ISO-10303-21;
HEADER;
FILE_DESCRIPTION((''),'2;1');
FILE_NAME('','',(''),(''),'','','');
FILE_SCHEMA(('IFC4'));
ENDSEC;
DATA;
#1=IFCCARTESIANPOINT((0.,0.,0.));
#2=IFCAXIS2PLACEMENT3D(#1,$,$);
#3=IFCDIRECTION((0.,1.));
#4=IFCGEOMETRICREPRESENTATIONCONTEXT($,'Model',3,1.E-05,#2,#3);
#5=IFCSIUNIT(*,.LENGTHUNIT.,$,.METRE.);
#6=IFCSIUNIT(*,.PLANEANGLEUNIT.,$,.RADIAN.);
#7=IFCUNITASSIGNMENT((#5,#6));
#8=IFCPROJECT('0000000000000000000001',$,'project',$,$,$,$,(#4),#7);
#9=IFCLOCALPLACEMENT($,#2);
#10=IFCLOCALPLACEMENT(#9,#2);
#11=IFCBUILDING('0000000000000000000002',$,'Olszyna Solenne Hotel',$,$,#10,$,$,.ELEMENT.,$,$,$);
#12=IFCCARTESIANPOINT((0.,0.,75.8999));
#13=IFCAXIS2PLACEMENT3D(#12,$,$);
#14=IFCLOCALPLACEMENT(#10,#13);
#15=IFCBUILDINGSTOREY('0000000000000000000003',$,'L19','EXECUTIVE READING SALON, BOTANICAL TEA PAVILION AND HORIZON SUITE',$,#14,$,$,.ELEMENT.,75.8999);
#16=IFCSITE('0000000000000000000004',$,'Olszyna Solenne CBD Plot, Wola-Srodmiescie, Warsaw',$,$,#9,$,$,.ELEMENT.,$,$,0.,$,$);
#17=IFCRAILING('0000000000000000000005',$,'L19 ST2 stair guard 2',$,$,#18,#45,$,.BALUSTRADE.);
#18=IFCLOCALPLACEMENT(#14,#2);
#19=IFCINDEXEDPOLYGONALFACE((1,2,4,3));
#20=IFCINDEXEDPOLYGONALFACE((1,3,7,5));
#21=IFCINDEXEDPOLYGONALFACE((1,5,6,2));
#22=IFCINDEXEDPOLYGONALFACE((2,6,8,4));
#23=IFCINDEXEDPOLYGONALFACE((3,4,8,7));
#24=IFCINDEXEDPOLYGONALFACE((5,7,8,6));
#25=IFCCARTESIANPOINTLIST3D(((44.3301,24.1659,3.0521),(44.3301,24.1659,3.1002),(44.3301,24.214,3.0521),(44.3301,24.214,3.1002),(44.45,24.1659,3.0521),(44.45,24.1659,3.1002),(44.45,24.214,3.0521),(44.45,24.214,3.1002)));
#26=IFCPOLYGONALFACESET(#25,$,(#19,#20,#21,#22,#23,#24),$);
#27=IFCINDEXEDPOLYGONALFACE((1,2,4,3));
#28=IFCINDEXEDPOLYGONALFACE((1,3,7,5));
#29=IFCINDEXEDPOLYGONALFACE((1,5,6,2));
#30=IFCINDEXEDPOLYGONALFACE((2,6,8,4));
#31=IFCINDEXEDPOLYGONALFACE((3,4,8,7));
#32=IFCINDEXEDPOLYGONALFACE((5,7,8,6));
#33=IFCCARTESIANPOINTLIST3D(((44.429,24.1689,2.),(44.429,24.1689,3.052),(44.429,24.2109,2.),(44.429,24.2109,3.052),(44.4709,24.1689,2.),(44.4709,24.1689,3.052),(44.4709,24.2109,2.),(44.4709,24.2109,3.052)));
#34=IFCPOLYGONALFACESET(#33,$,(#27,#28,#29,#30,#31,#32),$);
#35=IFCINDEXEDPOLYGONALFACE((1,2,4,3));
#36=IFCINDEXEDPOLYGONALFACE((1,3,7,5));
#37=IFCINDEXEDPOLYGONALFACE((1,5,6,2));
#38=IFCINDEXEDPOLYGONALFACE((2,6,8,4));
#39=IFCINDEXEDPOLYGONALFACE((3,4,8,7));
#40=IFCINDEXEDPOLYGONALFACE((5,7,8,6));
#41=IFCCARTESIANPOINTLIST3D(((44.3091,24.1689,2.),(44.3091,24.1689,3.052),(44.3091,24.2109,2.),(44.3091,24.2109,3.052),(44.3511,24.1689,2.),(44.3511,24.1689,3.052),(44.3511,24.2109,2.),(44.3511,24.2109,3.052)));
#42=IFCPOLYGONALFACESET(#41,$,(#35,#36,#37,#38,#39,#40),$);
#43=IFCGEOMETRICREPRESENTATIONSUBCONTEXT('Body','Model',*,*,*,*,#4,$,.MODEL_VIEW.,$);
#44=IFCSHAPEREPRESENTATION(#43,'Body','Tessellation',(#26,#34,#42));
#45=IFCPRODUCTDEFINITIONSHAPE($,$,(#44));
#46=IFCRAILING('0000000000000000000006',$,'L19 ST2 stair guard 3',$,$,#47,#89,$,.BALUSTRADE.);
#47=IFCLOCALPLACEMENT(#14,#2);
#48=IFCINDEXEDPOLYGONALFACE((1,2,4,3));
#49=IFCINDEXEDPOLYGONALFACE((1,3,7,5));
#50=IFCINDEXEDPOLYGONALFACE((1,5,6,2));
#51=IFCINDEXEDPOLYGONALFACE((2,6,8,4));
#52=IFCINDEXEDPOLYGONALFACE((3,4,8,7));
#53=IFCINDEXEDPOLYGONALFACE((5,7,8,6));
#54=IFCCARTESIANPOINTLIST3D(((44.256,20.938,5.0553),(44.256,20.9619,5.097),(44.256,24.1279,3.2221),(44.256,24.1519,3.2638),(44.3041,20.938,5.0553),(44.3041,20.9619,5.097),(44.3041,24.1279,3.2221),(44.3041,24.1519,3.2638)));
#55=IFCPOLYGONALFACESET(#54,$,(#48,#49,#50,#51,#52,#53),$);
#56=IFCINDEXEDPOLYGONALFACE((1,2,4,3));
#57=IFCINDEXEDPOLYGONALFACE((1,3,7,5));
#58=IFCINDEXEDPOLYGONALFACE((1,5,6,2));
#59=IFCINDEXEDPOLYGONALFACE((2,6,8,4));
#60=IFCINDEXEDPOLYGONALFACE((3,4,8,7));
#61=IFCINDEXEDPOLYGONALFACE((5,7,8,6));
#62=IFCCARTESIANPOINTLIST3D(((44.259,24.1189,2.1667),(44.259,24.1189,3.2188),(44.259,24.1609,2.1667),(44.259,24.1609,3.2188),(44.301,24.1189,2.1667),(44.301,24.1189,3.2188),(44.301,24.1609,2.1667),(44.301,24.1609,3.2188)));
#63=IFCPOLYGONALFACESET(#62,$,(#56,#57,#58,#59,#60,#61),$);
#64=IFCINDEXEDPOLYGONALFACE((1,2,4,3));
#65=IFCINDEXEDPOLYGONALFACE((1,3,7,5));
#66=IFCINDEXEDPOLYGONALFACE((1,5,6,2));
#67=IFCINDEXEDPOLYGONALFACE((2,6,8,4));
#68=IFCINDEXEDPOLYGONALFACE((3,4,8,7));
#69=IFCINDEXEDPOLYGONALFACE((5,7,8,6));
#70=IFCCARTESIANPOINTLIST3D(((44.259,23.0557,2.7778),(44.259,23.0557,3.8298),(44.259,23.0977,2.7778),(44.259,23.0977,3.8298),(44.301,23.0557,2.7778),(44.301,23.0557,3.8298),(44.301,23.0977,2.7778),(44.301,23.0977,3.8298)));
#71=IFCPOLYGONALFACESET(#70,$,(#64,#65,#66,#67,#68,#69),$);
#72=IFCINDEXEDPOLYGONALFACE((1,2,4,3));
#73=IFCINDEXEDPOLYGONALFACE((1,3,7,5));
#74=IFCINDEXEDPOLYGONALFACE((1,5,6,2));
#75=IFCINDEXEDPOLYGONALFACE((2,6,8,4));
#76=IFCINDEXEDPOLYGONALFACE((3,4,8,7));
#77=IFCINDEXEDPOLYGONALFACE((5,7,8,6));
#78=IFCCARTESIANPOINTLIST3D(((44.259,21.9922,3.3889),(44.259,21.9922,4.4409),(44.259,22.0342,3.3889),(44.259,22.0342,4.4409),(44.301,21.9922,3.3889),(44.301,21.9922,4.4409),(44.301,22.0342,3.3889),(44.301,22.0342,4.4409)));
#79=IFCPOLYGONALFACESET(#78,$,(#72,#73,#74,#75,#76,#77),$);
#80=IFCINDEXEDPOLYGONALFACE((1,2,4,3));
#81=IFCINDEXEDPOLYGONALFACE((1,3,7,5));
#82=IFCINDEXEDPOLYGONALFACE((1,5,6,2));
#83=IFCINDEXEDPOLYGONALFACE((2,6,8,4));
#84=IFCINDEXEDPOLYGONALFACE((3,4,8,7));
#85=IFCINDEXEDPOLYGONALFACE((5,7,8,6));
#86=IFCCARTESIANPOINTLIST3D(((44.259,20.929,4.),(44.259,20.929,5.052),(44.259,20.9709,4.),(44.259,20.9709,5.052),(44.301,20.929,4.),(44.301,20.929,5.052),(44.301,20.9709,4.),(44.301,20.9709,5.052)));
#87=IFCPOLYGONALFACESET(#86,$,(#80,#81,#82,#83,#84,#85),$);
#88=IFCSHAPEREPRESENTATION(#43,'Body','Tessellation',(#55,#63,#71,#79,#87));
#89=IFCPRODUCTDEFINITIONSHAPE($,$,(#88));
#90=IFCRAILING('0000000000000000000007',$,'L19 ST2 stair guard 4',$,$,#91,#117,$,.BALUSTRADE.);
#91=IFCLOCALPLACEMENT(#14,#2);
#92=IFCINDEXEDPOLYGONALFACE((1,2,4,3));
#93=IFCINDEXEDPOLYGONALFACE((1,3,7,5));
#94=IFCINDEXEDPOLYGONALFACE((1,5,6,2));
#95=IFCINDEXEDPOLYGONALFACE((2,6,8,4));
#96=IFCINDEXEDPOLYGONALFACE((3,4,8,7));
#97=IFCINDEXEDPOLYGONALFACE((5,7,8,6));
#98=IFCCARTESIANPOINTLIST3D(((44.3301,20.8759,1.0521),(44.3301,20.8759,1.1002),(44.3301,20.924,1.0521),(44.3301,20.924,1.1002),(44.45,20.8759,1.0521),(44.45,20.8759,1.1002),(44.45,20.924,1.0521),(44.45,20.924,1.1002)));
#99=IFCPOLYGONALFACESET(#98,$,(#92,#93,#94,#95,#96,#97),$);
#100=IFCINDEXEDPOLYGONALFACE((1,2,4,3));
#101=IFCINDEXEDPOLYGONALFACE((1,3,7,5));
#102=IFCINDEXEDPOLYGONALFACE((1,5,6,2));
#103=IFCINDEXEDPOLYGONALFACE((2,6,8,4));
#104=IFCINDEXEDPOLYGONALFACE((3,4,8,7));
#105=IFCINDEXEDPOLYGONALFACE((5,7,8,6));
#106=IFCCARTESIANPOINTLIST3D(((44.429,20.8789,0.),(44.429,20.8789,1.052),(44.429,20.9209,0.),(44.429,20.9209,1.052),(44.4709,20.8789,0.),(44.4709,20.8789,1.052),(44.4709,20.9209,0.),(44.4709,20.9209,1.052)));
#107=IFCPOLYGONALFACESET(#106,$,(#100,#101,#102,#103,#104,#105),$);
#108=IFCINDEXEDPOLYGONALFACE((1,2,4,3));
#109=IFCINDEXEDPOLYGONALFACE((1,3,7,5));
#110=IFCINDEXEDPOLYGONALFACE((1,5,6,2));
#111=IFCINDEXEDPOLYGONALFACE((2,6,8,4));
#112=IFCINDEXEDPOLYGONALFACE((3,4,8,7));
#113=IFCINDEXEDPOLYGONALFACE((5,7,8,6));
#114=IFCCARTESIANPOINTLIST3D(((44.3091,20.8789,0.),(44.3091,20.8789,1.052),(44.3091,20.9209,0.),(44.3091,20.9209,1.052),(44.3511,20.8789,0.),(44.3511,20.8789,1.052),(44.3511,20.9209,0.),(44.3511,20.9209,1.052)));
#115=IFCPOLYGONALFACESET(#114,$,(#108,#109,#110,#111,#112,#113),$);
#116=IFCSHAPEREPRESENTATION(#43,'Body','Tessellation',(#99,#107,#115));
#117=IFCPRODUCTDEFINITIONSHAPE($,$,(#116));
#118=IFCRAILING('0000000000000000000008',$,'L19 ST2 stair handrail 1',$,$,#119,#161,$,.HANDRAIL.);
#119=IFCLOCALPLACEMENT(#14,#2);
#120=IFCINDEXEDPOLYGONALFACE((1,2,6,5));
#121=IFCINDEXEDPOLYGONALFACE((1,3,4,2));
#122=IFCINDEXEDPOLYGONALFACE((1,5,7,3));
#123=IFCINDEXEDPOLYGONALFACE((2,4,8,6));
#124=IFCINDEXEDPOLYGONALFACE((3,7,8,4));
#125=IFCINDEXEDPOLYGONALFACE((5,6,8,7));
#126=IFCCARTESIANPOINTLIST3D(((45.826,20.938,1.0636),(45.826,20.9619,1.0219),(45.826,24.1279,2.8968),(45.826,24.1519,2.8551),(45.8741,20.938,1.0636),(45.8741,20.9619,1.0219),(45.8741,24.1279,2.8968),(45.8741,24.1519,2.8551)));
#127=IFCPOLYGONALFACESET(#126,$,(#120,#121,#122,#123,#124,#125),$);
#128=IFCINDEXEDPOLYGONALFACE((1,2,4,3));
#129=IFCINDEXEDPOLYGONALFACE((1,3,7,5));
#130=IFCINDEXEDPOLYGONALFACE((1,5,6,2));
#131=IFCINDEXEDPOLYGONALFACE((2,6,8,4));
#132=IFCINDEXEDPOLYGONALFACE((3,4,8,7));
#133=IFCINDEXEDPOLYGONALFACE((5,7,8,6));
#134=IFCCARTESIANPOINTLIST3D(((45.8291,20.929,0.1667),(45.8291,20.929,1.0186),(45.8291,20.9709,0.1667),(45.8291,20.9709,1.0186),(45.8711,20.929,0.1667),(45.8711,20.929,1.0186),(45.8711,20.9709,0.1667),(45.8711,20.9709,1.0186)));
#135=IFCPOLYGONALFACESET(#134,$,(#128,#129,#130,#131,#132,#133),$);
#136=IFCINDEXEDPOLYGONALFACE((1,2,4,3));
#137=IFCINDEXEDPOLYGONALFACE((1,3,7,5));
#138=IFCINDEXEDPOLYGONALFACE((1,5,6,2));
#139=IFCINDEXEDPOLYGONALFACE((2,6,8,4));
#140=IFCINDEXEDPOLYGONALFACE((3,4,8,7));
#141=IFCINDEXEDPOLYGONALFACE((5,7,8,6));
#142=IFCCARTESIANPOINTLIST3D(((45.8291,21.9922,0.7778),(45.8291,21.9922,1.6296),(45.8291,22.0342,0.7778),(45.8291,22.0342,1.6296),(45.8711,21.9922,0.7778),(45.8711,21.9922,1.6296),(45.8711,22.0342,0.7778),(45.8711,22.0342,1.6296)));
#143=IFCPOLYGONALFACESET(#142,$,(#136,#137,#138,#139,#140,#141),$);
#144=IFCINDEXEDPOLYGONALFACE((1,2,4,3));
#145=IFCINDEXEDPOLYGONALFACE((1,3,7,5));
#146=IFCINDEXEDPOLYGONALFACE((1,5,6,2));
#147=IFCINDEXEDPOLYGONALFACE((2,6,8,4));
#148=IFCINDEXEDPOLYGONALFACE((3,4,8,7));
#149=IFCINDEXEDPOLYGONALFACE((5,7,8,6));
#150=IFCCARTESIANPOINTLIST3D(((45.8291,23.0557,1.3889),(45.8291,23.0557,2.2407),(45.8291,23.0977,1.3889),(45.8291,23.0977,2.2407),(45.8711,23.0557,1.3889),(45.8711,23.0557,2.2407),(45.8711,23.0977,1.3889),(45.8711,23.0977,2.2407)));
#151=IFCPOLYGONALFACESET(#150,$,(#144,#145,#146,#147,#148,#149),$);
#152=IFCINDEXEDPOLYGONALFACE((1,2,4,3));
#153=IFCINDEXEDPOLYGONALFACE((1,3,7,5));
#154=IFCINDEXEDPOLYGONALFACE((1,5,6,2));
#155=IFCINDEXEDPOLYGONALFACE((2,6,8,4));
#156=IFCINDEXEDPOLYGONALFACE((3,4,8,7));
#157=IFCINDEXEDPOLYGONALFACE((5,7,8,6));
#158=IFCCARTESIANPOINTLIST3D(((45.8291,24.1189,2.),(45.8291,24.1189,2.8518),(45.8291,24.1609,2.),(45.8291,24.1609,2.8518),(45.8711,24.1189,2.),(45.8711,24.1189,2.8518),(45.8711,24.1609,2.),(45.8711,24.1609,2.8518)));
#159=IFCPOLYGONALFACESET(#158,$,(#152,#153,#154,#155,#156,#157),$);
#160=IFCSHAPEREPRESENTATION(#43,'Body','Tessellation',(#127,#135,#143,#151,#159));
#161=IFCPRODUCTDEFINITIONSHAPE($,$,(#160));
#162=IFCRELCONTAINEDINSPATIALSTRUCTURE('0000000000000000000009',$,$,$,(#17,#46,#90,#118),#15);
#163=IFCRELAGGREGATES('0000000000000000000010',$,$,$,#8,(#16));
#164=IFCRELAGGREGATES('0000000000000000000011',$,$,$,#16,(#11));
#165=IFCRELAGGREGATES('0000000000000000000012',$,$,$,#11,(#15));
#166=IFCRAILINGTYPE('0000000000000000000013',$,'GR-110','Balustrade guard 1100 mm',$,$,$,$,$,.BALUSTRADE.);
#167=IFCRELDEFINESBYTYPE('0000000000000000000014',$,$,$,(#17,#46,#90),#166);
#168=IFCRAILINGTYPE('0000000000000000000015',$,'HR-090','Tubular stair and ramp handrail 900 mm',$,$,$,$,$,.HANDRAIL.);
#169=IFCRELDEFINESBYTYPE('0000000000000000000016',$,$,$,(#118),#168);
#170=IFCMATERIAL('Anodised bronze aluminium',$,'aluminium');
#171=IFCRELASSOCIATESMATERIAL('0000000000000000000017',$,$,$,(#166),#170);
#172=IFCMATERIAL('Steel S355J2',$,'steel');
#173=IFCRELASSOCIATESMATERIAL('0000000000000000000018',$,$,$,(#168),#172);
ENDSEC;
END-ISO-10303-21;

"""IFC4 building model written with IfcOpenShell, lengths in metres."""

from ifc_helpers import new_model, si_unit, direction, frame, origin, origin_2d, place, context, subcontext, project, spatial, rectangle, extrude, material, type_object, element, save


model = new_model("IFC4")

# Units and contexts
model_context = context("Model", 3, precision=1e-05, world=origin(), true_north=direction((0.0, 1.0)))
body_context = subcontext(model_context, "Body", "Model", "MODEL_VIEW")
ifc_project = project(units=[si_unit("LENGTHUNIT", "METRE"), si_unit("PLANEANGLEUNIT", "RADIAN")], contexts=[model_context])

# Site, building, storey
site_placement = place(None, origin())
site = spatial("IfcSite", under=ifc_project, at=site_placement, Name="Olszyna Solenne CBD Plot, Wola-Srodmiescie, Warsaw", CompositionType="ELEMENT", RefElevation=0.0)
building_placement = place(site_placement, origin())
building = spatial("IfcBuilding", under=site, at=building_placement, Name="Olszyna Solenne Hotel", CompositionType="ELEMENT")
storey_placement = place(building_placement, frame((0.0, 0.0, 75.8999)))
storey = spatial("IfcBuildingStorey", under=building, at=storey_placement, Name="L19", Description="EXECUTIVE READING SALON, BOTANICAL TEA PAVILION AND HORIZON SUITE", CompositionType="ELEMENT", Elevation=75.8999)

# Shared definitions
ifc_material_1 = material(Name="Steel S355J2", Category="steel")

# Shared definitions
ifc_material_2 = material(Name="Anodised bronze aluminium", Category="aluminium")

# Railings
railing_type_1 = type_object("IfcRailingType", Name="GR-110", Description="Balustrade guard 1100 mm", PredefinedType="BALUSTRADE", material=ifc_material_2)
railing_1_placement = place(storey_placement, frame((44.45, 24.1899, 2.0)))
element("IfcRailing", 1, at=railing_1_placement, inside=storey, type_object=railing_type_1, Name="L19 ST2 stair guard 2", PredefinedType="BALUSTRADE", context=body_context, shape_type="SweptSolid", body=[
    extrude(rectangle(XDim=0.0481, YDim=0.0481, at=origin_2d()), frame((0.0, 0.0, 1.0762), z_axis=(-1.0, 0.0, 0.0), x_axis=(0.0, -1.0, 0.0)), (0.0, 0.0, 1.0), 0.1199),
    extrude(rectangle(XDim=0.042, YDim=0.042, at=origin_2d()), origin(), (0.0, 0.0, 1.0), 1.052),
    extrude(rectangle(XDim=0.042, YDim=0.042, at=origin_2d()), frame((-0.1199, 0.0, 0.0)), (0.0, 0.0, 1.0), 1.052),
])
railing_2_placement = place(storey_placement, frame((44.28, 24.1399, 2.1667)))
element("IfcRailing", 2, at=railing_2_placement, inside=storey, type_object=railing_type_1, Name="L19 ST2 stair guard 3", PredefinedType="BALUSTRADE", context=body_context, shape_type="SweptSolid", body=[
    extrude(rectangle(XDim=0.0481, YDim=0.0481, at=origin_2d()), frame((0.0, 0.0, 1.0762), z_axis=(0.0, -0.86702, 0.498274), x_axis=(1.0, 0.0, 0.0)), (0.0, 0.0, 1.0), 3.6792),
    extrude(rectangle(XDim=0.042, YDim=0.042, at=origin_2d()), origin(), (0.0, 0.0, 1.0), 1.052),
    extrude(rectangle(XDim=0.042, YDim=0.042, at=origin_2d()), frame((0.0, -1.0632, 0.6111)), (0.0, 0.0, 1.0), 1.052),
    extrude(rectangle(XDim=0.042, YDim=0.042, at=origin_2d()), frame((0.0, -2.1267, 1.2222)), (0.0, 0.0, 1.0), 1.052),
    extrude(rectangle(XDim=0.042, YDim=0.042, at=origin_2d()), frame((0.0, -3.1899, 1.8333)), (0.0, 0.0, 1.0), 1.052),
])
railing_3_placement = place(storey_placement, frame((44.45, 20.8999, 0.0)))
element("IfcRailing", 3, at=railing_3_placement, inside=storey, type_object=railing_type_1, Name="L19 ST2 stair guard 4", PredefinedType="BALUSTRADE", context=body_context, shape_type="SweptSolid", body=[
    extrude(rectangle(XDim=0.0481, YDim=0.0481, at=origin_2d()), frame((0.0, 0.0, 1.0762), z_axis=(-1.0, 0.0, 0.0), x_axis=(0.0, -1.0, 0.0)), (0.0, 0.0, 1.0), 0.1199),
    extrude(rectangle(XDim=0.042, YDim=0.042, at=origin_2d()), origin(), (0.0, 0.0, 1.0), 1.052),
    extrude(rectangle(XDim=0.042, YDim=0.042, at=origin_2d()), frame((-0.1199, 0.0, 0.0)), (0.0, 0.0, 1.0), 1.052),
])
railing_type_2 = type_object("IfcRailingType", Name="HR-090", Description="Tubular stair and ramp handrail 900 mm", PredefinedType="HANDRAIL", material=ifc_material_1)
railing_4_placement = place(storey_placement, frame((45.8501, 20.95, 0.1667)))
element("IfcRailing", 4, at=railing_4_placement, inside=storey, type_object=railing_type_2, Name="L19 ST2 stair handrail 1", PredefinedType="HANDRAIL", context=body_context, shape_type="SweptSolid", body=[
    extrude(rectangle(XDim=0.0481, YDim=0.0481, at=origin_2d()), frame((0.0, 0.0, 0.876), z_axis=(0.0, 0.86702, 0.498274), x_axis=(-1.0, 0.0, 0.0)), (0.0, 0.0, 1.0), 3.6792),
    extrude(rectangle(XDim=0.042, YDim=0.042, at=origin_2d()), origin(), (0.0, 0.0, 1.0), 0.8518),
    extrude(rectangle(XDim=0.042, YDim=0.042, at=origin_2d()), frame((0.0, 1.0632, 0.6111)), (0.0, 0.0, 1.0), 0.8518),
    extrude(rectangle(XDim=0.042, YDim=0.042, at=origin_2d()), frame((0.0, 2.1267, 1.2222)), (0.0, 0.0, 1.0), 0.8518),
    extrude(rectangle(XDim=0.042, YDim=0.042, at=origin_2d()), frame((0.0, 3.1899, 1.8333)), (0.0, 0.0, 1.0), 0.8518),
])

save(model, "model.ifc")
